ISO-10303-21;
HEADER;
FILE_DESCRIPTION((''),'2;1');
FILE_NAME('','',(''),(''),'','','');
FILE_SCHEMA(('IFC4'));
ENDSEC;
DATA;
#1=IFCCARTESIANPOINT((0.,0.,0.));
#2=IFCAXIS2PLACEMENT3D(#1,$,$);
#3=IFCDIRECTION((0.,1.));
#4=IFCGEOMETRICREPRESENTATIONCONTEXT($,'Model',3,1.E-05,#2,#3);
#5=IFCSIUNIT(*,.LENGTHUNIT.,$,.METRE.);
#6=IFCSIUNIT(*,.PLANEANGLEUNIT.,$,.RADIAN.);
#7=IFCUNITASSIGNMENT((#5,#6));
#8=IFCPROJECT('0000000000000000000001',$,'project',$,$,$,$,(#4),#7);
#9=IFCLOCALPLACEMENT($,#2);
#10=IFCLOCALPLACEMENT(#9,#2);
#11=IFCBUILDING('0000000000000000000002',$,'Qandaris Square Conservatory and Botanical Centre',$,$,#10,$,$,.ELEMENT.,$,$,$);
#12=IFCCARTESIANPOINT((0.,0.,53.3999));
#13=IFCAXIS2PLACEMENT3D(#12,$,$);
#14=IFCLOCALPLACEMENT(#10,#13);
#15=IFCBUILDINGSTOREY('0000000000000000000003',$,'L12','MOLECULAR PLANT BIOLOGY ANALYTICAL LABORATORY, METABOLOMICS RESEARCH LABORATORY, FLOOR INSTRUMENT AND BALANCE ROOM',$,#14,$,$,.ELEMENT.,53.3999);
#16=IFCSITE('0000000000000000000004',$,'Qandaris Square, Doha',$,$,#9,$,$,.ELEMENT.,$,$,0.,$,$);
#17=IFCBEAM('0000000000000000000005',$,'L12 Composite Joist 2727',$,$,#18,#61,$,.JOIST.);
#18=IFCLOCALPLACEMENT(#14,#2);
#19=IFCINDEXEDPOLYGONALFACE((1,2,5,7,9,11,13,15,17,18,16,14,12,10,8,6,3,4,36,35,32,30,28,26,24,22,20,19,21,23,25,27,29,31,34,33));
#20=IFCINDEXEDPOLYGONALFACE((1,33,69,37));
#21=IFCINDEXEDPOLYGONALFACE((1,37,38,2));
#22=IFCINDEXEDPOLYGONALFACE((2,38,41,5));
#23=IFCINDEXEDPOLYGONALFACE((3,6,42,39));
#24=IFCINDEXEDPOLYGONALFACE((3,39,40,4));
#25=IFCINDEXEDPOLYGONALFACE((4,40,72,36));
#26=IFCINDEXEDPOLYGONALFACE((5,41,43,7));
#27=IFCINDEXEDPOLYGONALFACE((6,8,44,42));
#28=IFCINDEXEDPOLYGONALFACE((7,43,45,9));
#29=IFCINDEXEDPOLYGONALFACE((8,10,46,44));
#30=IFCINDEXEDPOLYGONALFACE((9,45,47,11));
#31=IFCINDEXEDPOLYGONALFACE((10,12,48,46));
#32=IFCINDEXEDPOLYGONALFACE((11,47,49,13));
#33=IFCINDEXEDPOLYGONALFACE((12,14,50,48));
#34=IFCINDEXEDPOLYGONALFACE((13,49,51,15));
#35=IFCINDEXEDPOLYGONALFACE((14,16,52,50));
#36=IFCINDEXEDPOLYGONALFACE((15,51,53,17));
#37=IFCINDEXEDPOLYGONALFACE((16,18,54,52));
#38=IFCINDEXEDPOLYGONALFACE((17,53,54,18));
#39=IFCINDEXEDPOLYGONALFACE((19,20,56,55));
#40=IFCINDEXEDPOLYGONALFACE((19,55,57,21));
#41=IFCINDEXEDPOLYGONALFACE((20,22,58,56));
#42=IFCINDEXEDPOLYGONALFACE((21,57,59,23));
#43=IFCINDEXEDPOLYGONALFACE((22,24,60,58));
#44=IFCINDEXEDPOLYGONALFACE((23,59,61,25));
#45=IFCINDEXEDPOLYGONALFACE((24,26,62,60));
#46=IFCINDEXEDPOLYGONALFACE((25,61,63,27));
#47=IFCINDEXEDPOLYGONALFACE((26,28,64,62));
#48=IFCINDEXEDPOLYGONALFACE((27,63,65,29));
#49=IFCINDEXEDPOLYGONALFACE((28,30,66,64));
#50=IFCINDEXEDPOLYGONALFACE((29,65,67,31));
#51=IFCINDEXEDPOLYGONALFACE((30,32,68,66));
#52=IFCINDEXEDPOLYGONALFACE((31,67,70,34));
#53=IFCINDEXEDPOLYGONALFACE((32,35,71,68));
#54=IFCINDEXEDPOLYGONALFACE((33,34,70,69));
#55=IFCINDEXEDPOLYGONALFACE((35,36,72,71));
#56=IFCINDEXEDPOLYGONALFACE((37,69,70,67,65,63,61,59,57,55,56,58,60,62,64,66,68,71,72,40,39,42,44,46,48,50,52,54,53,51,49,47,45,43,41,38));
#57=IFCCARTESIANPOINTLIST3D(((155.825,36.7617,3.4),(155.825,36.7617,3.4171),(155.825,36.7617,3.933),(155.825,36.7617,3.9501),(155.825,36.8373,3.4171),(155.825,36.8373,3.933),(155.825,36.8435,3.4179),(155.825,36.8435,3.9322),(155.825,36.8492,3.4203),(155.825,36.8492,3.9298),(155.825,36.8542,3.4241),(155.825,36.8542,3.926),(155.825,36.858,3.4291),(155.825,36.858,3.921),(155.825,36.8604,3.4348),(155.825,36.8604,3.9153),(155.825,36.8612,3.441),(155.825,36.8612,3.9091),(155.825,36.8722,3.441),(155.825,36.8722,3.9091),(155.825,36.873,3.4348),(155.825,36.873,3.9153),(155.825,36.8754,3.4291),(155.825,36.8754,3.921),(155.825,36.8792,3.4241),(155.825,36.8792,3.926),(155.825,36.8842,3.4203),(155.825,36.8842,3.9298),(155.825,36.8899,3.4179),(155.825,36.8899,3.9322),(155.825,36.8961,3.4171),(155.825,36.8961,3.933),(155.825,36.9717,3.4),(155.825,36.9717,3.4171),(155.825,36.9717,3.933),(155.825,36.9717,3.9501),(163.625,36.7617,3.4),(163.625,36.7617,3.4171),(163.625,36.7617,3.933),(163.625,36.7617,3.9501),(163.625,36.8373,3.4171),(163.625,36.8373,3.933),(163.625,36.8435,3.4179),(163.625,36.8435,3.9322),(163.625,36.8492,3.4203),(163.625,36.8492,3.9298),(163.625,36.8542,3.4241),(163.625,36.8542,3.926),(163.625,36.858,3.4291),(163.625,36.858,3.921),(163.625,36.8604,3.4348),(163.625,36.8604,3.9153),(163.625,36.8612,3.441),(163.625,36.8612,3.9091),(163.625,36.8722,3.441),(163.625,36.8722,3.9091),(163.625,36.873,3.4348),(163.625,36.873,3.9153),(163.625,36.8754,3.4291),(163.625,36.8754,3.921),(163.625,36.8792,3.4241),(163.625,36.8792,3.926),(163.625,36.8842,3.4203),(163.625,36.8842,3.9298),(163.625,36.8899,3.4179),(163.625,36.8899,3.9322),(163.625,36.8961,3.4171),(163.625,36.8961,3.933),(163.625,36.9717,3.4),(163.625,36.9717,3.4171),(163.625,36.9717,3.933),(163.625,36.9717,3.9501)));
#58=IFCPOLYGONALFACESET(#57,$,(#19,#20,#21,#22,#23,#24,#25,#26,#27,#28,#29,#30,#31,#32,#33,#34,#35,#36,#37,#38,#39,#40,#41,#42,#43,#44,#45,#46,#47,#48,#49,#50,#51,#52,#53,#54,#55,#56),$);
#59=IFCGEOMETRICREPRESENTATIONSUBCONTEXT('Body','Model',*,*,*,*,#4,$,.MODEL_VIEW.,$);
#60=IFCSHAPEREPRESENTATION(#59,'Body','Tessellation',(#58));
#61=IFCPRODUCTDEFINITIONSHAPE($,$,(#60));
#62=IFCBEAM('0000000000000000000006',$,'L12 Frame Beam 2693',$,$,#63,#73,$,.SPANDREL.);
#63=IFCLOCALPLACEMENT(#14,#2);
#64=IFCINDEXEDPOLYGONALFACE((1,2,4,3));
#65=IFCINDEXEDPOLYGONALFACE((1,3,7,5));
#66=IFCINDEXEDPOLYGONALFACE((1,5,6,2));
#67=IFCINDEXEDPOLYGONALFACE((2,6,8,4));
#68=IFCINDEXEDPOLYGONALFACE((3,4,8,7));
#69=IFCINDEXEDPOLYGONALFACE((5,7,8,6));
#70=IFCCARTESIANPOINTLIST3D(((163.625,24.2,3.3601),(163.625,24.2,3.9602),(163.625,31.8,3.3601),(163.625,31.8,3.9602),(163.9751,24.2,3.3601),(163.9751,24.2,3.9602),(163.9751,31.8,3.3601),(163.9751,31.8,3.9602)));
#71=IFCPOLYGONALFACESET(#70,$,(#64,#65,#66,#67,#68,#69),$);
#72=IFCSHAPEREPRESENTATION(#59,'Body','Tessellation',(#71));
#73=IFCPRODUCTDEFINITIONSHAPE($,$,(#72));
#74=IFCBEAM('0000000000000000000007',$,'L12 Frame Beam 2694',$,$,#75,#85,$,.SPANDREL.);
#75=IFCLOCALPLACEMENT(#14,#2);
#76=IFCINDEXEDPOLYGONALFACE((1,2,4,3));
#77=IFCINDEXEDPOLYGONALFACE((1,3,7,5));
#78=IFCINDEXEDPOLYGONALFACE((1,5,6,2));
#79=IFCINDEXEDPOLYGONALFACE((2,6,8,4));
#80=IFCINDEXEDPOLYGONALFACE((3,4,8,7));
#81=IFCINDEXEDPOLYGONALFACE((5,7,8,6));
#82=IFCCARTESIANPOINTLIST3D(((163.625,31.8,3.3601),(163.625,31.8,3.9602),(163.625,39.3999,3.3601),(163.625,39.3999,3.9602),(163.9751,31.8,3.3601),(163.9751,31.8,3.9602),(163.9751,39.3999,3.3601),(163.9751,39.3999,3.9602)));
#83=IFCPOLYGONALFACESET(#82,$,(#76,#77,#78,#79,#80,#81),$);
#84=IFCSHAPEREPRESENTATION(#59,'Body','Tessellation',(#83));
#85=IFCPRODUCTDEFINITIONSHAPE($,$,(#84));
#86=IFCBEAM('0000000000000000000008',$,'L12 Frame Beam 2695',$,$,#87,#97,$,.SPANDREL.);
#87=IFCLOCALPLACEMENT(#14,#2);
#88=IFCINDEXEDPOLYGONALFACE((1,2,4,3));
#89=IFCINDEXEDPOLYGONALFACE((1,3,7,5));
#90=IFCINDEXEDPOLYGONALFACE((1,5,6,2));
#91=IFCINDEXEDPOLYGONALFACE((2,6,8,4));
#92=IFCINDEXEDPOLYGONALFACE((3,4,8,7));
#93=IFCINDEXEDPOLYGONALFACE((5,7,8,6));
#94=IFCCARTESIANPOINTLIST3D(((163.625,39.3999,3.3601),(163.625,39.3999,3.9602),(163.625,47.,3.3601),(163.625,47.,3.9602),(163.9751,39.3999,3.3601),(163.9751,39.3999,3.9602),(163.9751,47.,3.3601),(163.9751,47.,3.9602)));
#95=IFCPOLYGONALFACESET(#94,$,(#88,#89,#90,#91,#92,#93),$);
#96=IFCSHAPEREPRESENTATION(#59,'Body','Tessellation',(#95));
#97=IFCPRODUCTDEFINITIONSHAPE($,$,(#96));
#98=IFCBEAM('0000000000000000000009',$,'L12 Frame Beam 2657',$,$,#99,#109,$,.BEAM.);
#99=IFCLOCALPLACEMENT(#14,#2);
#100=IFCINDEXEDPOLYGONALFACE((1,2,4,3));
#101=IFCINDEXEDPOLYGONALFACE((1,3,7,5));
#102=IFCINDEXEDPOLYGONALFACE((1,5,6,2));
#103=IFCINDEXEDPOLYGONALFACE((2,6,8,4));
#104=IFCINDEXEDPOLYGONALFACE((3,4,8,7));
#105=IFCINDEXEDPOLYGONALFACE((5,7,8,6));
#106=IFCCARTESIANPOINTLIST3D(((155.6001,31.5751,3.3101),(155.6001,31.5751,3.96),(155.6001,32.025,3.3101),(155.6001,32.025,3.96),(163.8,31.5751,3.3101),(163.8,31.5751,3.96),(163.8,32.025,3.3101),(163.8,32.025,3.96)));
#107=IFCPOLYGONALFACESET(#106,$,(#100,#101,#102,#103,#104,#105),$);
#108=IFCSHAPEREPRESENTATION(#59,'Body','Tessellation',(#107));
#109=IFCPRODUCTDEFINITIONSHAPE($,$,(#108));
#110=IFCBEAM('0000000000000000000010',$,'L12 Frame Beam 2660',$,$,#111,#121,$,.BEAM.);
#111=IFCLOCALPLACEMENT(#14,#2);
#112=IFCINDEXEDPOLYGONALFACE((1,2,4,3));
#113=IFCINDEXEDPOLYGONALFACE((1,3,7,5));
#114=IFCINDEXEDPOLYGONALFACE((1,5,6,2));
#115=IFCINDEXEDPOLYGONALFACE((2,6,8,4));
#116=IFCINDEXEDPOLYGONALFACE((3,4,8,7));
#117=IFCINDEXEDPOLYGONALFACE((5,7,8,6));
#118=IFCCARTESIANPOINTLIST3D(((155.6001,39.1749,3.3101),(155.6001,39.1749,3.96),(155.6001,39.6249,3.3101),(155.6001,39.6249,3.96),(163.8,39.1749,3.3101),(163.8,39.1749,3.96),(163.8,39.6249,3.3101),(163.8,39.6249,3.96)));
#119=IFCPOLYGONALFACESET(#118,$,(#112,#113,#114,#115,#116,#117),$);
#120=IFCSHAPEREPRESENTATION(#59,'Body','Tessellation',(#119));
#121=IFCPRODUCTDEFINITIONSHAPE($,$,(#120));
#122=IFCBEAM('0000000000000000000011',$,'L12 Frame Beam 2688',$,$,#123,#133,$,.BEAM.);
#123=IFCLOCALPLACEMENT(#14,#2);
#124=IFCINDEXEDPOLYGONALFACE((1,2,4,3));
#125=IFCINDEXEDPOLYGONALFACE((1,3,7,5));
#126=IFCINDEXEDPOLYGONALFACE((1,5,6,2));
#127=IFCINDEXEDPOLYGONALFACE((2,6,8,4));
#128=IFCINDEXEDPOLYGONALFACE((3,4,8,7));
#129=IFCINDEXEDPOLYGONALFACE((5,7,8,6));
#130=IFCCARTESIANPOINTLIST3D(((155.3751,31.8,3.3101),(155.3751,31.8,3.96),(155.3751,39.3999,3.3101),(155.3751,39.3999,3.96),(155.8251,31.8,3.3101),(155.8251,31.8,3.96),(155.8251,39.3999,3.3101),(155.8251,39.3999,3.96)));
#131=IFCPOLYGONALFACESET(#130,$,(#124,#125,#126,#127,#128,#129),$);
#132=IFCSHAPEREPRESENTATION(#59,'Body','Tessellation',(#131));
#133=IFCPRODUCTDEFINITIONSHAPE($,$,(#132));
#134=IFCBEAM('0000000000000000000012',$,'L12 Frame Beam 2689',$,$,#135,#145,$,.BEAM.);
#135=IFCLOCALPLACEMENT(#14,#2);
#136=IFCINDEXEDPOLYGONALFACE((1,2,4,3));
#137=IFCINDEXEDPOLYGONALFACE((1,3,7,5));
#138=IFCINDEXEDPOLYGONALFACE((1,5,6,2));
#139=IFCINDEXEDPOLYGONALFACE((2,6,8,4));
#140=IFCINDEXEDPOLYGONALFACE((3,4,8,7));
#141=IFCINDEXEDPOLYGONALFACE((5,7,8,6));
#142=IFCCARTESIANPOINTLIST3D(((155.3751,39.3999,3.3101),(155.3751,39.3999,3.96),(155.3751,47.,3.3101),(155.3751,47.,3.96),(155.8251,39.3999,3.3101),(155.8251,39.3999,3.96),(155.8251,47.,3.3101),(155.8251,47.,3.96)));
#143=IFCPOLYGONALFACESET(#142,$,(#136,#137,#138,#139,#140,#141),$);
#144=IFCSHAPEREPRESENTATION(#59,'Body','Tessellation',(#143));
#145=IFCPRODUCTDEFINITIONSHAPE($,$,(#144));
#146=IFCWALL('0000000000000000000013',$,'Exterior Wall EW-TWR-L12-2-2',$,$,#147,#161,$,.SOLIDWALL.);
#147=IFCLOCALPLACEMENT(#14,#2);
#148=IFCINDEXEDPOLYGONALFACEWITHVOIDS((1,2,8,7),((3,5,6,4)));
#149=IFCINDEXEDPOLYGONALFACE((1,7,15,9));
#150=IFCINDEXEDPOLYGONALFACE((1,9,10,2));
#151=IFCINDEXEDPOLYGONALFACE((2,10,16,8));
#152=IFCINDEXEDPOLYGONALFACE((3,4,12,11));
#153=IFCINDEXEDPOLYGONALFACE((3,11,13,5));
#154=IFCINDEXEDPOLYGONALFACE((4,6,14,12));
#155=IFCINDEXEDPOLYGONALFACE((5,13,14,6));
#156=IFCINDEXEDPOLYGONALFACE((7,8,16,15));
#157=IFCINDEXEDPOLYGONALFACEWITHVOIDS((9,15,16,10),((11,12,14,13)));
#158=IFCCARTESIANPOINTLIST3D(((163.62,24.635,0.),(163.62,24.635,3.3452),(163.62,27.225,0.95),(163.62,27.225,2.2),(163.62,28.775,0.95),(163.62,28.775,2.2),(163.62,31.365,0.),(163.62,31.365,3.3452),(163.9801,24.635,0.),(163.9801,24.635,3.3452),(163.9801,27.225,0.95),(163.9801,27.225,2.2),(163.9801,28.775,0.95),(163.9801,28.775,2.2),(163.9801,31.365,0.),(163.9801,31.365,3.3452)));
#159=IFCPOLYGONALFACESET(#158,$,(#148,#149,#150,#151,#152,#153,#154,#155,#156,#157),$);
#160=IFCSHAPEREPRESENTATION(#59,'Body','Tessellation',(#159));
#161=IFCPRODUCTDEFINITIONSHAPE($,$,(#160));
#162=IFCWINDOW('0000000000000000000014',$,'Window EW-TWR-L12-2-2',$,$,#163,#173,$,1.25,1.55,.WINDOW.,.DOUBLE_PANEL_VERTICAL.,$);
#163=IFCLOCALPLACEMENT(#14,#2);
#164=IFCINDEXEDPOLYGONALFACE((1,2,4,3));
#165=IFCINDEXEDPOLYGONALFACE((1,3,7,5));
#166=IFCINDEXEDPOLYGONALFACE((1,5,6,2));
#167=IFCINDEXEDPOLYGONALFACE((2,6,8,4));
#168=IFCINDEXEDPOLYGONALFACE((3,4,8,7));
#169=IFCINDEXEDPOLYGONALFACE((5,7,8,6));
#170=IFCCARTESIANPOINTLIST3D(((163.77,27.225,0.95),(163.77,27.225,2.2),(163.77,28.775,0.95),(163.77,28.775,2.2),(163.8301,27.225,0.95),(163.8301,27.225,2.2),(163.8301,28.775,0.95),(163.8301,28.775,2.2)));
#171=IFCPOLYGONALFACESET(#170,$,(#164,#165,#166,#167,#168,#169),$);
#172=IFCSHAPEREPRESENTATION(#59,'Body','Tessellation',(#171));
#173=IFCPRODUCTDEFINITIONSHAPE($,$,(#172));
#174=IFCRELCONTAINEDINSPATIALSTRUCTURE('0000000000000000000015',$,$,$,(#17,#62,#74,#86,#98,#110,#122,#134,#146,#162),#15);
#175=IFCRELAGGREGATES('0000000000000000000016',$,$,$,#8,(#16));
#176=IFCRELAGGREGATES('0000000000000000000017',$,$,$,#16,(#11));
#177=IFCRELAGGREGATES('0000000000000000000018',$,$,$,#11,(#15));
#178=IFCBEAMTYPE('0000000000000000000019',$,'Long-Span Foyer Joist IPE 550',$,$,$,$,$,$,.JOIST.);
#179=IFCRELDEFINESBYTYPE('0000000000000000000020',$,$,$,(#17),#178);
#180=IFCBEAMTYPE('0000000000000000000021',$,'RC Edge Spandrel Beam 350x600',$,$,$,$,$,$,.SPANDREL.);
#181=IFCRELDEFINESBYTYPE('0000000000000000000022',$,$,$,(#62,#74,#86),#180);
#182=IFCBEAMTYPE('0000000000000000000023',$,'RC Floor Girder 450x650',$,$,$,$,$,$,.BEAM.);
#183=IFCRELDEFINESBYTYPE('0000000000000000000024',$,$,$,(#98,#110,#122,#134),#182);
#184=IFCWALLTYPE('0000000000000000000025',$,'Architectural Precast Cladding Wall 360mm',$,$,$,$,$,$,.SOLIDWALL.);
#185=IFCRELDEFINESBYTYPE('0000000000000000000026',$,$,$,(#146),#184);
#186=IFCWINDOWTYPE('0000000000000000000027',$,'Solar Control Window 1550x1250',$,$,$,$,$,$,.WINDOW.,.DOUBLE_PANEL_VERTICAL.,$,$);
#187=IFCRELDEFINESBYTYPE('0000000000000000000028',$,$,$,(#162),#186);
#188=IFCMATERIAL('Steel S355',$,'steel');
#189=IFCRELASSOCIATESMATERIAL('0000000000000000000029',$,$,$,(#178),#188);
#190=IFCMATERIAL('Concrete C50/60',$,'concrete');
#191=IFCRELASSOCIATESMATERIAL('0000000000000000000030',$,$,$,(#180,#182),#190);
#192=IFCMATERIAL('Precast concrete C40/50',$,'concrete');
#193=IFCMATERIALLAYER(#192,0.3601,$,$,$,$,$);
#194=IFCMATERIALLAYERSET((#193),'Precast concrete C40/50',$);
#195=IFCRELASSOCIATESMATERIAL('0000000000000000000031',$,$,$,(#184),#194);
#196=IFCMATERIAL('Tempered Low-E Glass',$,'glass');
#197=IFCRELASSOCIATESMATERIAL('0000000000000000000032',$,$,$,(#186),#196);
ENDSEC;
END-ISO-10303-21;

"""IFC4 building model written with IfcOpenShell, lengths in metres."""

from ifc_helpers import new_model, si_unit, direction, frame, frame_2d, origin, origin_2d, place, context, subcontext, project, spatial, rectangle, i_section, extrude, material, layer, layer_set, material_profile, profile_set, type_object, element, fill, save


model = new_model("IFC4")

# Units and contexts
model_context = context("Model", 3, precision=1e-05, world=origin(), true_north=direction((0.0, 1.0)))
body_context = subcontext(model_context, "Body", "Model", "MODEL_VIEW")
ifc_project = project(units=[si_unit("LENGTHUNIT", "METRE"), si_unit("PLANEANGLEUNIT", "RADIAN")], contexts=[model_context])

# Site, building, storey
site_placement = place(None, origin())
site = spatial("IfcSite", under=ifc_project, at=site_placement, Name="Qandaris Square, Doha", CompositionType="ELEMENT", RefElevation=0.0)
building_placement = place(site_placement, origin())
building = spatial("IfcBuilding", under=site, at=building_placement, Name="Qandaris Square Conservatory and Botanical Centre", CompositionType="ELEMENT")
storey_placement = place(building_placement, frame((0.0, 0.0, 53.3999)))
storey = spatial("IfcBuildingStorey", under=building, at=storey_placement, Name="L12", Description="MOLECULAR PLANT BIOLOGY ANALYTICAL LABORATORY, METABOLOMICS RESEARCH LABORATORY, FLOOR INSTRUMENT AND BALANCE ROOM", CompositionType="ELEMENT", Elevation=53.3999)

# Shared definitions
ifc_material_1 = material(Name="Concrete C50/60", Category="concrete")

# Beams
ifc_material_2 = material(Name="Steel S355", Category="steel")
ifc_material_profile_1 = material_profile(ifc_material_2, i_section(OverallWidth=0.21, OverallDepth=0.55, WebThickness=0.011, FlangeThickness=0.0171, FilletRadius=0.0239, at=origin_2d()), Name="IPE 550")
ifc_profile_set_1 = profile_set([ifc_material_profile_1], Name="Steel S355")
beam_type_1 = type_object("IfcBeamType", Name="Long-Span Foyer Joist IPE 550", PredefinedType="JOIST", material=ifc_profile_set_1)
beam_1_placement = place(storey_placement, frame((155.825, 36.8667, 3.675), z_axis=(1.0, 0.0, 0.0), x_axis=(0.0, 1.0, 0.0)))
element("IfcBeam", 1, at=beam_1_placement, inside=storey, type_object=beam_type_1, Name="L12 Composite Joist 2727", PredefinedType="JOIST", context=body_context, shape_type="SweptSolid", body=[
    extrude(i_section(OverallWidth=0.21, OverallDepth=0.55, WebThickness=0.011, FlangeThickness=0.0171, FilletRadius=0.0239, at=origin_2d()), origin(), (0.0, 0.0, 1.0), 7.8),
])
ifc_material_profile_2 = material_profile(ifc_material_1, rectangle(XDim=0.3501, YDim=0.6001, at=origin_2d()), Name="RC-SP 350x600")
ifc_profile_set_2 = profile_set([ifc_material_profile_2], Name="Concrete C50/60")
beam_type_2 = type_object("IfcBeamType", Name="RC Edge Spandrel Beam 350x600", PredefinedType="SPANDREL", material=ifc_profile_set_2)
beam_2_placement = place(storey_placement, frame((163.8, 24.2, 3.6602), z_axis=(0.0, 1.0, 0.0), x_axis=(-1.0, 0.0, 0.0)))
element("IfcBeam", 2, at=beam_2_placement, inside=storey, type_object=beam_type_2, Name="L12 Frame Beam 2693", PredefinedType="SPANDREL", context=body_context, shape_type="SweptSolid", body=[
    extrude(rectangle(XDim=0.3501, YDim=0.6001, at=origin_2d()), origin(), (0.0, 0.0, 1.0), 7.6001),
])
beam_3_placement = place(storey_placement, frame((163.8, 31.8, 3.6602), z_axis=(0.0, 1.0, 0.0), x_axis=(-1.0, 0.0, 0.0)))
element("IfcBeam", 3, at=beam_3_placement, inside=storey, type_object=beam_type_2, Name="L12 Frame Beam 2694", PredefinedType="SPANDREL", context=body_context, shape_type="SweptSolid", body=[
    extrude(rectangle(XDim=0.3501, YDim=0.6001, at=origin_2d()), origin(), (0.0, 0.0, 1.0), 7.5999),
])
beam_4_placement = place(storey_placement, frame((163.8, 39.3999, 3.6602), z_axis=(0.0, 1.0, 0.0), x_axis=(-1.0, 0.0, 0.0)))
element("IfcBeam", 4, at=beam_4_placement, inside=storey, type_object=beam_type_2, Name="L12 Frame Beam 2695", PredefinedType="SPANDREL", context=body_context, shape_type="SweptSolid", body=[
    extrude(rectangle(XDim=0.3501, YDim=0.6001, at=origin_2d()), origin(), (0.0, 0.0, 1.0), 7.6001),
])
ifc_material_profile_3 = material_profile(ifc_material_1, rectangle(XDim=0.45, YDim=0.6499, at=origin_2d()), Name="RC-BM 450x650")
ifc_profile_set_3 = profile_set([ifc_material_profile_3], Name="Concrete C50/60")
beam_type_3 = type_object("IfcBeamType", Name="RC Floor Girder 450x650", PredefinedType="BEAM", material=ifc_profile_set_3)
for number, where, z_axis, x_axis, name in (
    (5, (155.6001, 31.8, 3.635), (1.0, 0.0, 0.0), (0.0, 1.0, 0.0), "L12 Frame Beam 2657"),
    (6, (155.6001, 39.3999, 3.635), (1.0, 0.0, 0.0), (0.0, 1.0, 0.0), "L12 Frame Beam 2660"),
):
    element("IfcBeam", number, at=place(storey_placement, frame(where, z_axis=z_axis, x_axis=x_axis)), inside=storey, type_object=beam_type_3, Name=name, PredefinedType="BEAM", context=body_context, shape_type="SweptSolid", body=[
        extrude(rectangle(XDim=0.45, YDim=0.6499, at=origin_2d()), origin(), (0.0, 0.0, 1.0), 8.2),
    ])
beam_5_placement = place(storey_placement, frame((155.6001, 31.8, 3.635), z_axis=(0.0, 1.0, 0.0), x_axis=(-1.0, 0.0, 0.0)))
element("IfcBeam", 7, at=beam_5_placement, inside=storey, type_object=beam_type_3, Name="L12 Frame Beam 2688", PredefinedType="BEAM", context=body_context, shape_type="SweptSolid", body=[
    extrude(rectangle(XDim=0.45, YDim=0.6499, at=origin_2d()), origin(), (0.0, 0.0, 1.0), 7.5999),
])
beam_6_placement = place(storey_placement, frame((155.6001, 39.3999, 3.635), z_axis=(0.0, 1.0, 0.0), x_axis=(-1.0, 0.0, 0.0)))
element("IfcBeam", 8, at=beam_6_placement, inside=storey, type_object=beam_type_3, Name="L12 Frame Beam 2689", PredefinedType="BEAM", context=body_context, shape_type="SweptSolid", body=[
    extrude(rectangle(XDim=0.45, YDim=0.6499, at=origin_2d()), origin(), (0.0, 0.0, 1.0), 7.6001),
])

# Wall, opening, window
ifc_material_3 = material(Name="Precast concrete C40/50", Category="concrete")
ifc_layer_1 = layer(ifc_material_3, 0.3601)
ifc_layer_set_1 = layer_set([ifc_layer_1], Name="Precast concrete C40/50")
wall_type_1 = type_object("IfcWallType", Name="Architectural Precast Cladding Wall 360mm", PredefinedType="SOLIDWALL", material=ifc_layer_set_1)
wall_1_placement = place(storey_placement, frame((163.8, 24.635, 0.0), z_axis=(0.0, 0.0, 1.0), x_axis=(0.0, 1.0, 0.0)))
wall_1 = element("IfcWall", 9, at=wall_1_placement, inside=storey, type_object=wall_type_1, Name="Exterior Wall EW-TWR-L12-2-2", PredefinedType="SOLIDWALL", context=body_context, shape_type="SweptSolid", body=[
    extrude(rectangle(XDim=6.73, YDim=0.3601, at=frame_2d((3.365, 0.0))), origin(), (0.0, 0.0, 1.0), 3.3452),
])
opening_1_placement = place(wall_1_placement, frame((2.5901, 0.0, 0.95)))
opening_1 = element("IfcOpeningElement", 10, at=opening_1_placement, cuts=wall_1, PredefinedType="OPENING", context=body_context, shape_type="SweptSolid", body=[
    extrude(rectangle(XDim=1.55, YDim=1.25, at=frame_2d((0.7749, 0.625))), frame((0.0, 0.1919, 0.0), z_axis=(0.0, -1.0, 0.0), x_axis=(1.0, 0.0, 0.0)), (0.0, 0.0, 1.0), 0.384),
])
ifc_material_4 = material(Name="Tempered Low-E Glass", Category="glass")
window_type_1 = type_object("IfcWindowType", Name="Solar Control Window 1550x1250", PartitioningType="DOUBLE_PANEL_VERTICAL", PredefinedType="WINDOW", material=ifc_material_4)
window_1_placement = place(opening_1_placement, origin())
window_1 = element("IfcWindow", 11, at=window_1_placement, inside=storey, type_object=window_type_1, Name="Window EW-TWR-L12-2-2", OverallHeight=1.25, OverallWidth=1.55, PartitioningType="DOUBLE_PANEL_VERTICAL", PredefinedType="WINDOW", context=body_context, shape_type="SweptSolid", body=[
    extrude(rectangle(XDim=1.55, YDim=1.25, at=frame_2d((0.7749, 0.625))), frame((0.0, 0.03, 0.0), z_axis=(0.0, -1.0, 0.0), x_axis=(1.0, 0.0, 0.0)), (0.0, 0.0, 1.0), 0.0601),
])
fill(opening_1, window_1)

save(model, "model.ifc")
